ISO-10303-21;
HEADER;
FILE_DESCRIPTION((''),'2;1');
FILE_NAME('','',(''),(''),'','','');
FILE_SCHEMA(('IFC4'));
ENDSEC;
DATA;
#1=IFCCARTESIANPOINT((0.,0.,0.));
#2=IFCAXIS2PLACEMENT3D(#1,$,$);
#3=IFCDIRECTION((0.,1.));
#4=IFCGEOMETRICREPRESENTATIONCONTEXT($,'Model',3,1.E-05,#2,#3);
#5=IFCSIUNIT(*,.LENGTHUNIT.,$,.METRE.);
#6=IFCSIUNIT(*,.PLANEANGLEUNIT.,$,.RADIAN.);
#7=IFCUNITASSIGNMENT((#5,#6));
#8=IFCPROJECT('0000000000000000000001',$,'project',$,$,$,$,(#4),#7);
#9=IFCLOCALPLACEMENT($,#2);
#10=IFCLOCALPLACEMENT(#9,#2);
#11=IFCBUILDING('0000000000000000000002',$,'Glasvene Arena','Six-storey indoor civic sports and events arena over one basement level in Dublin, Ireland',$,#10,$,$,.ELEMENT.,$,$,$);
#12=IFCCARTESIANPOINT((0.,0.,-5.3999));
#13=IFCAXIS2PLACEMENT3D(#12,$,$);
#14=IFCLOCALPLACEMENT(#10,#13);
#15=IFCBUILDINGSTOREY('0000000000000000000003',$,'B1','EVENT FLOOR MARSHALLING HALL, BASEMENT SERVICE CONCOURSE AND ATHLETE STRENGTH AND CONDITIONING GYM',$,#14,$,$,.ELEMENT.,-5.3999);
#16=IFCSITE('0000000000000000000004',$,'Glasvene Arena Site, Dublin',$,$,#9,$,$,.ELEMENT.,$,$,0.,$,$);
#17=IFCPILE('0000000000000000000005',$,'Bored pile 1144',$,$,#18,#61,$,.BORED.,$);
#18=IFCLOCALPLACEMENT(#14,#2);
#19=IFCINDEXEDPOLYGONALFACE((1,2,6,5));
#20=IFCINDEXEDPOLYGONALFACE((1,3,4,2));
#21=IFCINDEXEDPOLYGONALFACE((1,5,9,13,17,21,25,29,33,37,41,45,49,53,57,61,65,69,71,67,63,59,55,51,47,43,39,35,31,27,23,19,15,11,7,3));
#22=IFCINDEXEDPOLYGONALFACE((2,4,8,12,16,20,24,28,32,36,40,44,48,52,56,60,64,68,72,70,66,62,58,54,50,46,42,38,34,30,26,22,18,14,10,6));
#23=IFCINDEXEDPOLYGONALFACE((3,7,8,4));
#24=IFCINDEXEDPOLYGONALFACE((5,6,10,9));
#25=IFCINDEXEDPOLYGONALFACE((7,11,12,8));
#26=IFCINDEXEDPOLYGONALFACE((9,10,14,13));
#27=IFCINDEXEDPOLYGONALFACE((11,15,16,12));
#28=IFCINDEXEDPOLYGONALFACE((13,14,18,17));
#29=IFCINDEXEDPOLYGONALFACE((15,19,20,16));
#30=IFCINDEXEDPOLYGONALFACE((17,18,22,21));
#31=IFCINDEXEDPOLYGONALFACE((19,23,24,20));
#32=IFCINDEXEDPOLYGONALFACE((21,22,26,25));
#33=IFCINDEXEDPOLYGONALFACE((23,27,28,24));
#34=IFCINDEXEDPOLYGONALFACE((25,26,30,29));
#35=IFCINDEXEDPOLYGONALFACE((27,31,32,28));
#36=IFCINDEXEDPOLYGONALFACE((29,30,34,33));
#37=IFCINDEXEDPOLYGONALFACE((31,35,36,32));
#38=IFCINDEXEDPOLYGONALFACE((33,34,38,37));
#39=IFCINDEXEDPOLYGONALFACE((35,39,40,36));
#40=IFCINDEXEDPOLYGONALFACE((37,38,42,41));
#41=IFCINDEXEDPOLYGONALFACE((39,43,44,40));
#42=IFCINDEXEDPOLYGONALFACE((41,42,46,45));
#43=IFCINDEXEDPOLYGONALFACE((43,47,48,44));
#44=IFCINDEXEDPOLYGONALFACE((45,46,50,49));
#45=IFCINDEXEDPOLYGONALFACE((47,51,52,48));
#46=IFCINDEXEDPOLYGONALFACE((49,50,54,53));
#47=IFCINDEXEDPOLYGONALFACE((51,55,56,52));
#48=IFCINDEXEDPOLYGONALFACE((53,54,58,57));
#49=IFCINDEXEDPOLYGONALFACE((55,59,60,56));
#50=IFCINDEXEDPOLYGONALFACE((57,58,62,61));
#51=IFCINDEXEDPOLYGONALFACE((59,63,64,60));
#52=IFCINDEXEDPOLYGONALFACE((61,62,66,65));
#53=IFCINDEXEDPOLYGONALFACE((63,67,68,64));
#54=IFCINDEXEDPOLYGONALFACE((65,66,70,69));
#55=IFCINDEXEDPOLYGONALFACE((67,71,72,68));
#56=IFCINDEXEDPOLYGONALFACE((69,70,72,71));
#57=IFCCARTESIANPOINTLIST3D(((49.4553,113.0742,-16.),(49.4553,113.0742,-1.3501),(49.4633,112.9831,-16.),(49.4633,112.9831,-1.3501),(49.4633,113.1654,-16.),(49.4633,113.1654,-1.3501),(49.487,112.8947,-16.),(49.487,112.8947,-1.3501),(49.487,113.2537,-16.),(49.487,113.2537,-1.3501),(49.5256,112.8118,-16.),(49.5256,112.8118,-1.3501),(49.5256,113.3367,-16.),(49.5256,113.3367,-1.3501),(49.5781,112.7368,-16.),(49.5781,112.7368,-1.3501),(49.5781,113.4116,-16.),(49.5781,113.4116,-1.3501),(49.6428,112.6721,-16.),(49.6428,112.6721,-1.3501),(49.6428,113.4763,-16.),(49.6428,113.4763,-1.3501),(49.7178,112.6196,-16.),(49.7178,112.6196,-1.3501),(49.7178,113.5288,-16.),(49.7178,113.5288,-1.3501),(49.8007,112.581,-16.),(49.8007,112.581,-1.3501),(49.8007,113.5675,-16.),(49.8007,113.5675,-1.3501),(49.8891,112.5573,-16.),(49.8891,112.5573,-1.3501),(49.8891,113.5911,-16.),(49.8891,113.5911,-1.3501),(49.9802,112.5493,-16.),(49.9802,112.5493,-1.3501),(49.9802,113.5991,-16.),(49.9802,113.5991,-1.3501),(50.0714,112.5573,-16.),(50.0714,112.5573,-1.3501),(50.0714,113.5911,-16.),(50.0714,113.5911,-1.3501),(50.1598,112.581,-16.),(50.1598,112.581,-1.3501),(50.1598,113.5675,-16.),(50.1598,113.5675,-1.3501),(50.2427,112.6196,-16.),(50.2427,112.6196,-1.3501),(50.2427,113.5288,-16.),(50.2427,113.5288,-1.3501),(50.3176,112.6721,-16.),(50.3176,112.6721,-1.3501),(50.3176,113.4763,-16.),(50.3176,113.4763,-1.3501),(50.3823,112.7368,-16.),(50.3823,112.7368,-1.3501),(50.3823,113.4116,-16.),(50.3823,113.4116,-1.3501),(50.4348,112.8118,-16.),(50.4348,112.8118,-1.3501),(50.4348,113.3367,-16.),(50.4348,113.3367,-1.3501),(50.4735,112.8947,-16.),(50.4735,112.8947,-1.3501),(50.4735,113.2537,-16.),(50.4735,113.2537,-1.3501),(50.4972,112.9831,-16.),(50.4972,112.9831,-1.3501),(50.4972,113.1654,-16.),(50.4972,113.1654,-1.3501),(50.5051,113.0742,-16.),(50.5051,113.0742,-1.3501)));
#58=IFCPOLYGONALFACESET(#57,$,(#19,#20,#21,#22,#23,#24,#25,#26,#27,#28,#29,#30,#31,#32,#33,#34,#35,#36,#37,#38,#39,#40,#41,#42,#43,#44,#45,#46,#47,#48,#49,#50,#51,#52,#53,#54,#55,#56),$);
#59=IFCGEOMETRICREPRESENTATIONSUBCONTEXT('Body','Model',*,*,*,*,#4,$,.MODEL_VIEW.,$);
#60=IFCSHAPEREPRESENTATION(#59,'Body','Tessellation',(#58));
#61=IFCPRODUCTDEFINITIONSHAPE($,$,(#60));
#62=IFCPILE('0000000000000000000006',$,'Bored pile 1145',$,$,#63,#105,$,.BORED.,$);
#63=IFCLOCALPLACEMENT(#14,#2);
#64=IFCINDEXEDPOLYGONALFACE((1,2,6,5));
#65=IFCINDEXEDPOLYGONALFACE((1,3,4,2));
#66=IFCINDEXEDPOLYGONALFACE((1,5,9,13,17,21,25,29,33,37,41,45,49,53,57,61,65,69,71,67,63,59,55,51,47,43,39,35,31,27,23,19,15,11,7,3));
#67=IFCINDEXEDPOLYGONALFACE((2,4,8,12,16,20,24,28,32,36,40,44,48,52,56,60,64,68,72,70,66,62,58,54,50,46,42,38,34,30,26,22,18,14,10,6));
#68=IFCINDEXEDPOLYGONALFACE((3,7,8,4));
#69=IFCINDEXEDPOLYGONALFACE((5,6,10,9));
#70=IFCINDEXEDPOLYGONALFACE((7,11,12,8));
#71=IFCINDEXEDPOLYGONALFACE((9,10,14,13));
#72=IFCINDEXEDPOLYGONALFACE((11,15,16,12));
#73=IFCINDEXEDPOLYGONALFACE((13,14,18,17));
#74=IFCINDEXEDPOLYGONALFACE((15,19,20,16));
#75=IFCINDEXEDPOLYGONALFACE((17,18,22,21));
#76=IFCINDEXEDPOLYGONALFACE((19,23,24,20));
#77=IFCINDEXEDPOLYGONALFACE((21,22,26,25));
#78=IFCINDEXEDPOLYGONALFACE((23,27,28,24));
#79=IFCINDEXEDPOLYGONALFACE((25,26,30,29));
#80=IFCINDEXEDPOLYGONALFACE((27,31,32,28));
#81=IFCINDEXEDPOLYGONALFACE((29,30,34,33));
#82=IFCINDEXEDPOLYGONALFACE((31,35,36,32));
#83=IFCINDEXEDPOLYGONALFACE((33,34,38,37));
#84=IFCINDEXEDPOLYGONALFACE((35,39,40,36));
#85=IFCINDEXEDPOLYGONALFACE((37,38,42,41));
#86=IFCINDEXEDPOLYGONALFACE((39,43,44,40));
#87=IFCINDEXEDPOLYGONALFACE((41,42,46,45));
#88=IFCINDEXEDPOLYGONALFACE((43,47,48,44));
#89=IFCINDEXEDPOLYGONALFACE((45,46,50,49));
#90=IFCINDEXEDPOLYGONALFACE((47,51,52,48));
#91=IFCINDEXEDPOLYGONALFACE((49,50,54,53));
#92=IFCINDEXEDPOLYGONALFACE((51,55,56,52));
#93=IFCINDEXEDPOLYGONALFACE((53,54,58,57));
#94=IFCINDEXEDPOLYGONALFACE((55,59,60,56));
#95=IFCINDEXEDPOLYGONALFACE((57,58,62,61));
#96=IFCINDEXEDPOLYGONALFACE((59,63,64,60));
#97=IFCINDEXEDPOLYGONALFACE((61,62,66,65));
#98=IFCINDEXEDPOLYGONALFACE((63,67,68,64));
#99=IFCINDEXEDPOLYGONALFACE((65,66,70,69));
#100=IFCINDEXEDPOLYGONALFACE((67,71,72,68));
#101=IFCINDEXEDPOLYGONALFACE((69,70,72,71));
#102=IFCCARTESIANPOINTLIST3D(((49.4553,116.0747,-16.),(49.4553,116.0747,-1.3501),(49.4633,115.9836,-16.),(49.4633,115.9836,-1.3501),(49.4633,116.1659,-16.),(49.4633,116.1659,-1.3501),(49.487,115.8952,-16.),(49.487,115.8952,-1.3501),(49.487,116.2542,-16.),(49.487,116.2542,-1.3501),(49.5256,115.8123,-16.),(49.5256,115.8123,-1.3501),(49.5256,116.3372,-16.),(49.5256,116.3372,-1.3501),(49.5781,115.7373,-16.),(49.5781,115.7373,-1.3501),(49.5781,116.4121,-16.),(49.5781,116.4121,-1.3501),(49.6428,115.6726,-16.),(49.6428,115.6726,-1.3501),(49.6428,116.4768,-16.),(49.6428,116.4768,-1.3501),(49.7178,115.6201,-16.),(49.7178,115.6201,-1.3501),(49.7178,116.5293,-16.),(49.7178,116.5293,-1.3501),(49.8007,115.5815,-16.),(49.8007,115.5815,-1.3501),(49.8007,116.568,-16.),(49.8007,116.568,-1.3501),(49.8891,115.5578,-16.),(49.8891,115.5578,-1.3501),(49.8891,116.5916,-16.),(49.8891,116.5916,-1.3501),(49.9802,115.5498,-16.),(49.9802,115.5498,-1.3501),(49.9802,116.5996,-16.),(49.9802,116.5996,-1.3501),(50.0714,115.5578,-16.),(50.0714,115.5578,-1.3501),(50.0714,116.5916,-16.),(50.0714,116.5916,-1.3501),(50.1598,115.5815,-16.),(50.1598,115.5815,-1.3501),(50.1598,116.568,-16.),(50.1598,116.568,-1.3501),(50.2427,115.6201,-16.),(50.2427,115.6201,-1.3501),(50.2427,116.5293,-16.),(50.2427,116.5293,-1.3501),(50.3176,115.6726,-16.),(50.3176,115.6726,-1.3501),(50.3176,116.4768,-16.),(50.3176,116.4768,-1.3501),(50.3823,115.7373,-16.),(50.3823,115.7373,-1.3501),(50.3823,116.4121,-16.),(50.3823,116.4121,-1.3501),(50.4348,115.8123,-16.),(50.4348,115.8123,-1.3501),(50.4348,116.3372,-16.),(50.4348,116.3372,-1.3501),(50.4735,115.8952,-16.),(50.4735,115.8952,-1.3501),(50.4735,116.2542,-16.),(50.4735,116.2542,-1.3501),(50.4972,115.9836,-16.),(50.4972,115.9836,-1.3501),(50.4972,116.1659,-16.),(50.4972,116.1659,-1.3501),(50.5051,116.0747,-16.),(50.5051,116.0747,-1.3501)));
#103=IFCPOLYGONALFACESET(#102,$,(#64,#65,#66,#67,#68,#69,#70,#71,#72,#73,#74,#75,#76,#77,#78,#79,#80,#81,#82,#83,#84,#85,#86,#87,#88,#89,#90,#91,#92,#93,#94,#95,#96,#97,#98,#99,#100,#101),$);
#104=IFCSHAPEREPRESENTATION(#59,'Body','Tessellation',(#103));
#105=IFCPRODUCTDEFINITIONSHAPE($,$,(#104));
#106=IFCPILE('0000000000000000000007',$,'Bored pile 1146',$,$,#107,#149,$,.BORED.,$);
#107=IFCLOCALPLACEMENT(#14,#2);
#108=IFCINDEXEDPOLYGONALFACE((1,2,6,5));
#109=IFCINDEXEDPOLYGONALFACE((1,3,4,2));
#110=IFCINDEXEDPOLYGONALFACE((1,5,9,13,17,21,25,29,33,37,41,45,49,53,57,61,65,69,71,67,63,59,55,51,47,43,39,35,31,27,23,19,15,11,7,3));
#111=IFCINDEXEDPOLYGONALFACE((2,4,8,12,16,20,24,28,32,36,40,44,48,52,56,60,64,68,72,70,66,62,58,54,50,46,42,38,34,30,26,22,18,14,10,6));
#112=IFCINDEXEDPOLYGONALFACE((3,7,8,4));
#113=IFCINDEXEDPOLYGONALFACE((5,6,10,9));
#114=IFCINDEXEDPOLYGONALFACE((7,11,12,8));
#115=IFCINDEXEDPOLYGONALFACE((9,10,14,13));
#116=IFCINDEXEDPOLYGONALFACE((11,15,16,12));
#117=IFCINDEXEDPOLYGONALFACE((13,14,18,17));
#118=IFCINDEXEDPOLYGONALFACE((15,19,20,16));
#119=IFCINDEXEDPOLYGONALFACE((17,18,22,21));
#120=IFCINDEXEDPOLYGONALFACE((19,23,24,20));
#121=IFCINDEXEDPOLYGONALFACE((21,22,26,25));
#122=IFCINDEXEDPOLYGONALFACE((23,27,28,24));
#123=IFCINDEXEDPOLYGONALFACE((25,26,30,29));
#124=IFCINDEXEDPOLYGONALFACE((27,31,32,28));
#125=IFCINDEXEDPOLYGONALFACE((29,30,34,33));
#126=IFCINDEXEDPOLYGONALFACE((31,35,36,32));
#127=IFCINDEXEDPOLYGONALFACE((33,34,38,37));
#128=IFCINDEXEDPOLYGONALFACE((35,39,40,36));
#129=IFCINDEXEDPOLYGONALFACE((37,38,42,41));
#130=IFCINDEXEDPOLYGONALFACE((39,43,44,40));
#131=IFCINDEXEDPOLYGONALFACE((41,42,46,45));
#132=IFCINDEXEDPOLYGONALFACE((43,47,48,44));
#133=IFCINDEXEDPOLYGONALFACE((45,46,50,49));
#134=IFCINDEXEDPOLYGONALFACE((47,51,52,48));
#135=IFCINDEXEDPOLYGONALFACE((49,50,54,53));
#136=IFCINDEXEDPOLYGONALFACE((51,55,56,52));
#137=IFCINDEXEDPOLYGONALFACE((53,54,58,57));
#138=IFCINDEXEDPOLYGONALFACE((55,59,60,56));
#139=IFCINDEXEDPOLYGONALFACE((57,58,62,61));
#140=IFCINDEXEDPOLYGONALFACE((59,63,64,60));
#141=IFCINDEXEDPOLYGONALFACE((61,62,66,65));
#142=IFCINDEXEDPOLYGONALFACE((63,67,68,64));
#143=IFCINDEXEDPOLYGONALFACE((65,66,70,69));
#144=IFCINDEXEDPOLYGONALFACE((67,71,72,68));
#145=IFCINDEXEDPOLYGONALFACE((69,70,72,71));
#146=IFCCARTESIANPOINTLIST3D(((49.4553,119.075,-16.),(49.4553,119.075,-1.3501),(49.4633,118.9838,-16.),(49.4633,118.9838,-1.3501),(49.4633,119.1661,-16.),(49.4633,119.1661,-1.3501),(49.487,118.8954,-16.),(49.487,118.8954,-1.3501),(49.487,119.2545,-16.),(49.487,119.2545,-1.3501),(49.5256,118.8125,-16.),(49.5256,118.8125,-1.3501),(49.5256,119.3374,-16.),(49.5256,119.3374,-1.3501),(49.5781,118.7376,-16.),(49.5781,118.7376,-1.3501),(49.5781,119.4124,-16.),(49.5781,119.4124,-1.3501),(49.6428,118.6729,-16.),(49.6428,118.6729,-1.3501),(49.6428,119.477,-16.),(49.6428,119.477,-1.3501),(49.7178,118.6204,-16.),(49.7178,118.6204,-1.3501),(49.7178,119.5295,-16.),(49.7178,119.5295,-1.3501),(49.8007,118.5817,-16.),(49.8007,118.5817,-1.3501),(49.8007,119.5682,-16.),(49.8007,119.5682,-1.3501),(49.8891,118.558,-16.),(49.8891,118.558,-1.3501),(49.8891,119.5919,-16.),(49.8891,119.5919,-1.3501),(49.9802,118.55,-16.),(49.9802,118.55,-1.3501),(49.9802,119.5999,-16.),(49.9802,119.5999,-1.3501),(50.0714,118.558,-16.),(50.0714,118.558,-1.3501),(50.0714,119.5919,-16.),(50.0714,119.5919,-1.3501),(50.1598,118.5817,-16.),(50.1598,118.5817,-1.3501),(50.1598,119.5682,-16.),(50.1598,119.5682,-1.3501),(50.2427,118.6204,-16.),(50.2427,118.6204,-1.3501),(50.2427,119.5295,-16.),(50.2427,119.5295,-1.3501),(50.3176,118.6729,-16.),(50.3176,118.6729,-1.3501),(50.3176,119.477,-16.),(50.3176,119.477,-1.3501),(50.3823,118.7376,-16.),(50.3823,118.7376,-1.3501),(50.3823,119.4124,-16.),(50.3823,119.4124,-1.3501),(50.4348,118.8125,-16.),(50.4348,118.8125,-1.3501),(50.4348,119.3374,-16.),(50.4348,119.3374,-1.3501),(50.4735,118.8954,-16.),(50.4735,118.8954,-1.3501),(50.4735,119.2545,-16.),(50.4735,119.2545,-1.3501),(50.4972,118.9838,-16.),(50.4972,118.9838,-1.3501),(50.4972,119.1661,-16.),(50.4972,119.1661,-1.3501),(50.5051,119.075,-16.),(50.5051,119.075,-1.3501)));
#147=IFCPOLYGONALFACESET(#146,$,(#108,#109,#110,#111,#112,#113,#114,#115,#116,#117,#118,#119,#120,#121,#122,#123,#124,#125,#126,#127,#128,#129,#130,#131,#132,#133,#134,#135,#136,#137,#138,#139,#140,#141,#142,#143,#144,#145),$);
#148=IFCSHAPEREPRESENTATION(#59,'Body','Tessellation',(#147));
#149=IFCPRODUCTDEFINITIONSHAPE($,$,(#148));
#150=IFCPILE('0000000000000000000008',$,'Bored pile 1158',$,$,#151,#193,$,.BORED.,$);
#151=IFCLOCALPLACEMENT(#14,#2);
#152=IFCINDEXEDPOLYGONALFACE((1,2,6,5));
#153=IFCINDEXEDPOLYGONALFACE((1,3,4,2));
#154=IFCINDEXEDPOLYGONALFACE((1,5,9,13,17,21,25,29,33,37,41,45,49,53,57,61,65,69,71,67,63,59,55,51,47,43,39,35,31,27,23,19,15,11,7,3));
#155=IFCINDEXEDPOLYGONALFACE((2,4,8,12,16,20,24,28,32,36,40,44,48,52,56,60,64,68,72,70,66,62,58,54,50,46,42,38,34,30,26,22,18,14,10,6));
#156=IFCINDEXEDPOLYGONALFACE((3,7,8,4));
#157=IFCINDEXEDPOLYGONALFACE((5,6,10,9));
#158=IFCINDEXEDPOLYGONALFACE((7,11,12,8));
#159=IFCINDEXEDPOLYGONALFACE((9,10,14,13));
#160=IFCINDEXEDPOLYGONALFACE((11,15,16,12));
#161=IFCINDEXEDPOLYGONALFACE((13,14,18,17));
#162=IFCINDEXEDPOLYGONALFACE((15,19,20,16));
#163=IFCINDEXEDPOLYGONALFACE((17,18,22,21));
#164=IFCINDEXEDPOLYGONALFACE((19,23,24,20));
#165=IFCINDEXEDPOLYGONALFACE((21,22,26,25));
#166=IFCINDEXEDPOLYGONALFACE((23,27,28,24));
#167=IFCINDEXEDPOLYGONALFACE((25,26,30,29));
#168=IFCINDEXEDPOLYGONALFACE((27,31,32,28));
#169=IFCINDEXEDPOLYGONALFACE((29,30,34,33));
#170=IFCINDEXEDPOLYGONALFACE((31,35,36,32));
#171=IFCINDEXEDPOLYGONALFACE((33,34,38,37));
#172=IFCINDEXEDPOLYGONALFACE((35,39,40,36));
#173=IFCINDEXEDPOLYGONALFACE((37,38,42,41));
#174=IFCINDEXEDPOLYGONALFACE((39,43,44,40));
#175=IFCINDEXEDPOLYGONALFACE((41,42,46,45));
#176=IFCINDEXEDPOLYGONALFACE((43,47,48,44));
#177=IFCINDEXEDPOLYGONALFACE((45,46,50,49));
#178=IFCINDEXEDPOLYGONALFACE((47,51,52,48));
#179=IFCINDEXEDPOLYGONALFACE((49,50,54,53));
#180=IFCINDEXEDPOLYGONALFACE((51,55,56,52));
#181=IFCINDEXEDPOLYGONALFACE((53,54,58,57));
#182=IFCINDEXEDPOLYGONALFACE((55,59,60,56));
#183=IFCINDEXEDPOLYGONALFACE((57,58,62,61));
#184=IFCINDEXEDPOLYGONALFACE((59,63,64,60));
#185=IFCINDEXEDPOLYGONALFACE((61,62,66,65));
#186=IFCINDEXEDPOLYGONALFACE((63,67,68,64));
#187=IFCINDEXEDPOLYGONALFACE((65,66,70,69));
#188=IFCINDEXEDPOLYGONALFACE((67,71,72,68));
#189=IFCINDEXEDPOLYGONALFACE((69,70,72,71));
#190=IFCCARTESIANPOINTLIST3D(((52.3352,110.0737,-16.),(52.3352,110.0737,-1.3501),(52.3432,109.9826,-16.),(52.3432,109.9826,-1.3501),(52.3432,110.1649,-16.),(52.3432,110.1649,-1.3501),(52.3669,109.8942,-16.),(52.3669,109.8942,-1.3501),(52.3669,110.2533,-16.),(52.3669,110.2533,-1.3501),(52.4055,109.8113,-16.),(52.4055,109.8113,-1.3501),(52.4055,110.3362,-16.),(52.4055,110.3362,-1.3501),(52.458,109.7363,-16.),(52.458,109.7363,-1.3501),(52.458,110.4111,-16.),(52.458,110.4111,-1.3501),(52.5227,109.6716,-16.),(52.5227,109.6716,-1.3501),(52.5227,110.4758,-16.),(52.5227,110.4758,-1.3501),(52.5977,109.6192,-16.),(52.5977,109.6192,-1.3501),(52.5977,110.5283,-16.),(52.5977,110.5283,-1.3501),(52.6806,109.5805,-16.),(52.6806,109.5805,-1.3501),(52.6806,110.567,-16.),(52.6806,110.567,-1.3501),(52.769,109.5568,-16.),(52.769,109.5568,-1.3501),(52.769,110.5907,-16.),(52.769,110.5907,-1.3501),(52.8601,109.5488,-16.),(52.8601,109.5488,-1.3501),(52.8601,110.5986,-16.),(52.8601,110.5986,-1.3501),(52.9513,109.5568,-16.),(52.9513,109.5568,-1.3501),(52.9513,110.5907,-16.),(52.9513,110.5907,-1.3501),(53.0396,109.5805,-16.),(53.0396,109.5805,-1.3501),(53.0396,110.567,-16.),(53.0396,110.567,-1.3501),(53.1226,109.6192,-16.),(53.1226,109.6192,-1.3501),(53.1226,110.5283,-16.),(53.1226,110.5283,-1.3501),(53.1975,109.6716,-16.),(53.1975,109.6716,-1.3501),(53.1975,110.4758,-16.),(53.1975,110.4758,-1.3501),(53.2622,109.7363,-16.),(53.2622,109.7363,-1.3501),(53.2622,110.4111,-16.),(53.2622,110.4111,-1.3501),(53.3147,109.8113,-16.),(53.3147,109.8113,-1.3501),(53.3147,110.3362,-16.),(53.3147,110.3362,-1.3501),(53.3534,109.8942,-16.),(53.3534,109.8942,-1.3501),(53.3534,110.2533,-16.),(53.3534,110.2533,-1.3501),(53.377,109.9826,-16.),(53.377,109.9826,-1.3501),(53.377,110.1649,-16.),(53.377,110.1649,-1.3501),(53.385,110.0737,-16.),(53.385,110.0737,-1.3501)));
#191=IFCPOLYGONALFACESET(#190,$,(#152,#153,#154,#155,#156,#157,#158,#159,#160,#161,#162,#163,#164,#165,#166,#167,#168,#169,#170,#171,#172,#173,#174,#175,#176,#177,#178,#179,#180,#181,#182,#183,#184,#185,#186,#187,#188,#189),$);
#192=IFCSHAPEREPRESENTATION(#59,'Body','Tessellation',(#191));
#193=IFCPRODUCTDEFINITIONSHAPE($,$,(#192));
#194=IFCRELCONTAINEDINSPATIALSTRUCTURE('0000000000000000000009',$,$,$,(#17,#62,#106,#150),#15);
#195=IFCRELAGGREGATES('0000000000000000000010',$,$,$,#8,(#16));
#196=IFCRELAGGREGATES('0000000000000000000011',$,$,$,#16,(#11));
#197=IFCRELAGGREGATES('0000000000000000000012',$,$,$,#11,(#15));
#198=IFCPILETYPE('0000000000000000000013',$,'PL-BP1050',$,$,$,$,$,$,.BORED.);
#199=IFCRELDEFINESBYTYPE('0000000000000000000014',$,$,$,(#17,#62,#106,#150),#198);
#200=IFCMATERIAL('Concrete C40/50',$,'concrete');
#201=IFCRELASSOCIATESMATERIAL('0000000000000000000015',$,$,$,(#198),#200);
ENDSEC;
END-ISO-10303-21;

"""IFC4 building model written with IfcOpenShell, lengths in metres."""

from ifc_helpers import new_model, si_unit, direction, frame, origin, origin_2d, place, context, subcontext, project, spatial, circle, extrude, material, material_profile, profile_set, type_object, element, save


model = new_model("IFC4")

# Units and contexts
model_context = context("Model", 3, precision=1e-05, world=origin(), true_north=direction((0.0, 1.0)))
body_context = subcontext(model_context, "Body", "Model", "MODEL_VIEW")
ifc_project = project(units=[si_unit("LENGTHUNIT", "METRE"), si_unit("PLANEANGLEUNIT", "RADIAN")], contexts=[model_context])

# Site, building, storey
site_placement = place(None, origin())
site = spatial("IfcSite", under=ifc_project, at=site_placement, Name="Glasvene Arena Site, Dublin", CompositionType="ELEMENT", RefElevation=0.0)
building_placement = place(site_placement, origin())
building = spatial("IfcBuilding", under=site, at=building_placement, Name="Glasvene Arena", Description="Six-storey indoor civic sports and events arena over one basement level in Dublin, Ireland", CompositionType="ELEMENT")
storey_placement = place(building_placement, frame((0.0, 0.0, -5.3999)))
storey = spatial("IfcBuildingStorey", under=building, at=storey_placement, Name="B1", Description="EVENT FLOOR MARSHALLING HALL, BASEMENT SERVICE CONCOURSE AND ATHLETE STRENGTH AND CONDITIONING GYM", CompositionType="ELEMENT", Elevation=-5.3999)

# Piles
ifc_material = material(Name="Concrete C40/50", Category="concrete")
ifc_material_profile_1 = material_profile(ifc_material, circle(Radius=0.5249, at=origin_2d()), Name="BORED PILE 1050")
ifc_profile_set_1 = profile_set([ifc_material_profile_1], Name="Concrete C40/50")
pile_type = type_object("IfcPileType", Name="PL-BP1050", PredefinedType="BORED", material=ifc_profile_set_1)
for number, where, z_axis, x_axis, name in (
    (1, (49.9802, 113.0742, -1.3501), (0.0, 0.0, -1.0), (1.0, 0.0, 0.0), "Bored pile 1144"),
    (2, (49.9802, 116.0747, -1.3501), (0.0, 0.0, -1.0), (1.0, 0.0, 0.0), "Bored pile 1145"),
    (3, (49.9802, 119.075, -1.3501), (0.0, 0.0, -1.0), (1.0, 0.0, 0.0), "Bored pile 1146"),
    (4, (52.8601, 110.0737, -1.3501), (0.0, 0.0, -1.0), (1.0, 0.0, 0.0), "Bored pile 1158"),
):
    element("IfcPile", number, at=place(storey_placement, frame(where, z_axis=z_axis, x_axis=x_axis)), inside=storey, type_object=pile_type, Name=name, PredefinedType="BORED", context=body_context, shape_type="SweptSolid", body=[
        extrude(circle(Radius=0.5249, at=origin_2d()), origin(), (0.0, 0.0, 1.0), 14.6499),
    ])

save(model, "model.ifc")
